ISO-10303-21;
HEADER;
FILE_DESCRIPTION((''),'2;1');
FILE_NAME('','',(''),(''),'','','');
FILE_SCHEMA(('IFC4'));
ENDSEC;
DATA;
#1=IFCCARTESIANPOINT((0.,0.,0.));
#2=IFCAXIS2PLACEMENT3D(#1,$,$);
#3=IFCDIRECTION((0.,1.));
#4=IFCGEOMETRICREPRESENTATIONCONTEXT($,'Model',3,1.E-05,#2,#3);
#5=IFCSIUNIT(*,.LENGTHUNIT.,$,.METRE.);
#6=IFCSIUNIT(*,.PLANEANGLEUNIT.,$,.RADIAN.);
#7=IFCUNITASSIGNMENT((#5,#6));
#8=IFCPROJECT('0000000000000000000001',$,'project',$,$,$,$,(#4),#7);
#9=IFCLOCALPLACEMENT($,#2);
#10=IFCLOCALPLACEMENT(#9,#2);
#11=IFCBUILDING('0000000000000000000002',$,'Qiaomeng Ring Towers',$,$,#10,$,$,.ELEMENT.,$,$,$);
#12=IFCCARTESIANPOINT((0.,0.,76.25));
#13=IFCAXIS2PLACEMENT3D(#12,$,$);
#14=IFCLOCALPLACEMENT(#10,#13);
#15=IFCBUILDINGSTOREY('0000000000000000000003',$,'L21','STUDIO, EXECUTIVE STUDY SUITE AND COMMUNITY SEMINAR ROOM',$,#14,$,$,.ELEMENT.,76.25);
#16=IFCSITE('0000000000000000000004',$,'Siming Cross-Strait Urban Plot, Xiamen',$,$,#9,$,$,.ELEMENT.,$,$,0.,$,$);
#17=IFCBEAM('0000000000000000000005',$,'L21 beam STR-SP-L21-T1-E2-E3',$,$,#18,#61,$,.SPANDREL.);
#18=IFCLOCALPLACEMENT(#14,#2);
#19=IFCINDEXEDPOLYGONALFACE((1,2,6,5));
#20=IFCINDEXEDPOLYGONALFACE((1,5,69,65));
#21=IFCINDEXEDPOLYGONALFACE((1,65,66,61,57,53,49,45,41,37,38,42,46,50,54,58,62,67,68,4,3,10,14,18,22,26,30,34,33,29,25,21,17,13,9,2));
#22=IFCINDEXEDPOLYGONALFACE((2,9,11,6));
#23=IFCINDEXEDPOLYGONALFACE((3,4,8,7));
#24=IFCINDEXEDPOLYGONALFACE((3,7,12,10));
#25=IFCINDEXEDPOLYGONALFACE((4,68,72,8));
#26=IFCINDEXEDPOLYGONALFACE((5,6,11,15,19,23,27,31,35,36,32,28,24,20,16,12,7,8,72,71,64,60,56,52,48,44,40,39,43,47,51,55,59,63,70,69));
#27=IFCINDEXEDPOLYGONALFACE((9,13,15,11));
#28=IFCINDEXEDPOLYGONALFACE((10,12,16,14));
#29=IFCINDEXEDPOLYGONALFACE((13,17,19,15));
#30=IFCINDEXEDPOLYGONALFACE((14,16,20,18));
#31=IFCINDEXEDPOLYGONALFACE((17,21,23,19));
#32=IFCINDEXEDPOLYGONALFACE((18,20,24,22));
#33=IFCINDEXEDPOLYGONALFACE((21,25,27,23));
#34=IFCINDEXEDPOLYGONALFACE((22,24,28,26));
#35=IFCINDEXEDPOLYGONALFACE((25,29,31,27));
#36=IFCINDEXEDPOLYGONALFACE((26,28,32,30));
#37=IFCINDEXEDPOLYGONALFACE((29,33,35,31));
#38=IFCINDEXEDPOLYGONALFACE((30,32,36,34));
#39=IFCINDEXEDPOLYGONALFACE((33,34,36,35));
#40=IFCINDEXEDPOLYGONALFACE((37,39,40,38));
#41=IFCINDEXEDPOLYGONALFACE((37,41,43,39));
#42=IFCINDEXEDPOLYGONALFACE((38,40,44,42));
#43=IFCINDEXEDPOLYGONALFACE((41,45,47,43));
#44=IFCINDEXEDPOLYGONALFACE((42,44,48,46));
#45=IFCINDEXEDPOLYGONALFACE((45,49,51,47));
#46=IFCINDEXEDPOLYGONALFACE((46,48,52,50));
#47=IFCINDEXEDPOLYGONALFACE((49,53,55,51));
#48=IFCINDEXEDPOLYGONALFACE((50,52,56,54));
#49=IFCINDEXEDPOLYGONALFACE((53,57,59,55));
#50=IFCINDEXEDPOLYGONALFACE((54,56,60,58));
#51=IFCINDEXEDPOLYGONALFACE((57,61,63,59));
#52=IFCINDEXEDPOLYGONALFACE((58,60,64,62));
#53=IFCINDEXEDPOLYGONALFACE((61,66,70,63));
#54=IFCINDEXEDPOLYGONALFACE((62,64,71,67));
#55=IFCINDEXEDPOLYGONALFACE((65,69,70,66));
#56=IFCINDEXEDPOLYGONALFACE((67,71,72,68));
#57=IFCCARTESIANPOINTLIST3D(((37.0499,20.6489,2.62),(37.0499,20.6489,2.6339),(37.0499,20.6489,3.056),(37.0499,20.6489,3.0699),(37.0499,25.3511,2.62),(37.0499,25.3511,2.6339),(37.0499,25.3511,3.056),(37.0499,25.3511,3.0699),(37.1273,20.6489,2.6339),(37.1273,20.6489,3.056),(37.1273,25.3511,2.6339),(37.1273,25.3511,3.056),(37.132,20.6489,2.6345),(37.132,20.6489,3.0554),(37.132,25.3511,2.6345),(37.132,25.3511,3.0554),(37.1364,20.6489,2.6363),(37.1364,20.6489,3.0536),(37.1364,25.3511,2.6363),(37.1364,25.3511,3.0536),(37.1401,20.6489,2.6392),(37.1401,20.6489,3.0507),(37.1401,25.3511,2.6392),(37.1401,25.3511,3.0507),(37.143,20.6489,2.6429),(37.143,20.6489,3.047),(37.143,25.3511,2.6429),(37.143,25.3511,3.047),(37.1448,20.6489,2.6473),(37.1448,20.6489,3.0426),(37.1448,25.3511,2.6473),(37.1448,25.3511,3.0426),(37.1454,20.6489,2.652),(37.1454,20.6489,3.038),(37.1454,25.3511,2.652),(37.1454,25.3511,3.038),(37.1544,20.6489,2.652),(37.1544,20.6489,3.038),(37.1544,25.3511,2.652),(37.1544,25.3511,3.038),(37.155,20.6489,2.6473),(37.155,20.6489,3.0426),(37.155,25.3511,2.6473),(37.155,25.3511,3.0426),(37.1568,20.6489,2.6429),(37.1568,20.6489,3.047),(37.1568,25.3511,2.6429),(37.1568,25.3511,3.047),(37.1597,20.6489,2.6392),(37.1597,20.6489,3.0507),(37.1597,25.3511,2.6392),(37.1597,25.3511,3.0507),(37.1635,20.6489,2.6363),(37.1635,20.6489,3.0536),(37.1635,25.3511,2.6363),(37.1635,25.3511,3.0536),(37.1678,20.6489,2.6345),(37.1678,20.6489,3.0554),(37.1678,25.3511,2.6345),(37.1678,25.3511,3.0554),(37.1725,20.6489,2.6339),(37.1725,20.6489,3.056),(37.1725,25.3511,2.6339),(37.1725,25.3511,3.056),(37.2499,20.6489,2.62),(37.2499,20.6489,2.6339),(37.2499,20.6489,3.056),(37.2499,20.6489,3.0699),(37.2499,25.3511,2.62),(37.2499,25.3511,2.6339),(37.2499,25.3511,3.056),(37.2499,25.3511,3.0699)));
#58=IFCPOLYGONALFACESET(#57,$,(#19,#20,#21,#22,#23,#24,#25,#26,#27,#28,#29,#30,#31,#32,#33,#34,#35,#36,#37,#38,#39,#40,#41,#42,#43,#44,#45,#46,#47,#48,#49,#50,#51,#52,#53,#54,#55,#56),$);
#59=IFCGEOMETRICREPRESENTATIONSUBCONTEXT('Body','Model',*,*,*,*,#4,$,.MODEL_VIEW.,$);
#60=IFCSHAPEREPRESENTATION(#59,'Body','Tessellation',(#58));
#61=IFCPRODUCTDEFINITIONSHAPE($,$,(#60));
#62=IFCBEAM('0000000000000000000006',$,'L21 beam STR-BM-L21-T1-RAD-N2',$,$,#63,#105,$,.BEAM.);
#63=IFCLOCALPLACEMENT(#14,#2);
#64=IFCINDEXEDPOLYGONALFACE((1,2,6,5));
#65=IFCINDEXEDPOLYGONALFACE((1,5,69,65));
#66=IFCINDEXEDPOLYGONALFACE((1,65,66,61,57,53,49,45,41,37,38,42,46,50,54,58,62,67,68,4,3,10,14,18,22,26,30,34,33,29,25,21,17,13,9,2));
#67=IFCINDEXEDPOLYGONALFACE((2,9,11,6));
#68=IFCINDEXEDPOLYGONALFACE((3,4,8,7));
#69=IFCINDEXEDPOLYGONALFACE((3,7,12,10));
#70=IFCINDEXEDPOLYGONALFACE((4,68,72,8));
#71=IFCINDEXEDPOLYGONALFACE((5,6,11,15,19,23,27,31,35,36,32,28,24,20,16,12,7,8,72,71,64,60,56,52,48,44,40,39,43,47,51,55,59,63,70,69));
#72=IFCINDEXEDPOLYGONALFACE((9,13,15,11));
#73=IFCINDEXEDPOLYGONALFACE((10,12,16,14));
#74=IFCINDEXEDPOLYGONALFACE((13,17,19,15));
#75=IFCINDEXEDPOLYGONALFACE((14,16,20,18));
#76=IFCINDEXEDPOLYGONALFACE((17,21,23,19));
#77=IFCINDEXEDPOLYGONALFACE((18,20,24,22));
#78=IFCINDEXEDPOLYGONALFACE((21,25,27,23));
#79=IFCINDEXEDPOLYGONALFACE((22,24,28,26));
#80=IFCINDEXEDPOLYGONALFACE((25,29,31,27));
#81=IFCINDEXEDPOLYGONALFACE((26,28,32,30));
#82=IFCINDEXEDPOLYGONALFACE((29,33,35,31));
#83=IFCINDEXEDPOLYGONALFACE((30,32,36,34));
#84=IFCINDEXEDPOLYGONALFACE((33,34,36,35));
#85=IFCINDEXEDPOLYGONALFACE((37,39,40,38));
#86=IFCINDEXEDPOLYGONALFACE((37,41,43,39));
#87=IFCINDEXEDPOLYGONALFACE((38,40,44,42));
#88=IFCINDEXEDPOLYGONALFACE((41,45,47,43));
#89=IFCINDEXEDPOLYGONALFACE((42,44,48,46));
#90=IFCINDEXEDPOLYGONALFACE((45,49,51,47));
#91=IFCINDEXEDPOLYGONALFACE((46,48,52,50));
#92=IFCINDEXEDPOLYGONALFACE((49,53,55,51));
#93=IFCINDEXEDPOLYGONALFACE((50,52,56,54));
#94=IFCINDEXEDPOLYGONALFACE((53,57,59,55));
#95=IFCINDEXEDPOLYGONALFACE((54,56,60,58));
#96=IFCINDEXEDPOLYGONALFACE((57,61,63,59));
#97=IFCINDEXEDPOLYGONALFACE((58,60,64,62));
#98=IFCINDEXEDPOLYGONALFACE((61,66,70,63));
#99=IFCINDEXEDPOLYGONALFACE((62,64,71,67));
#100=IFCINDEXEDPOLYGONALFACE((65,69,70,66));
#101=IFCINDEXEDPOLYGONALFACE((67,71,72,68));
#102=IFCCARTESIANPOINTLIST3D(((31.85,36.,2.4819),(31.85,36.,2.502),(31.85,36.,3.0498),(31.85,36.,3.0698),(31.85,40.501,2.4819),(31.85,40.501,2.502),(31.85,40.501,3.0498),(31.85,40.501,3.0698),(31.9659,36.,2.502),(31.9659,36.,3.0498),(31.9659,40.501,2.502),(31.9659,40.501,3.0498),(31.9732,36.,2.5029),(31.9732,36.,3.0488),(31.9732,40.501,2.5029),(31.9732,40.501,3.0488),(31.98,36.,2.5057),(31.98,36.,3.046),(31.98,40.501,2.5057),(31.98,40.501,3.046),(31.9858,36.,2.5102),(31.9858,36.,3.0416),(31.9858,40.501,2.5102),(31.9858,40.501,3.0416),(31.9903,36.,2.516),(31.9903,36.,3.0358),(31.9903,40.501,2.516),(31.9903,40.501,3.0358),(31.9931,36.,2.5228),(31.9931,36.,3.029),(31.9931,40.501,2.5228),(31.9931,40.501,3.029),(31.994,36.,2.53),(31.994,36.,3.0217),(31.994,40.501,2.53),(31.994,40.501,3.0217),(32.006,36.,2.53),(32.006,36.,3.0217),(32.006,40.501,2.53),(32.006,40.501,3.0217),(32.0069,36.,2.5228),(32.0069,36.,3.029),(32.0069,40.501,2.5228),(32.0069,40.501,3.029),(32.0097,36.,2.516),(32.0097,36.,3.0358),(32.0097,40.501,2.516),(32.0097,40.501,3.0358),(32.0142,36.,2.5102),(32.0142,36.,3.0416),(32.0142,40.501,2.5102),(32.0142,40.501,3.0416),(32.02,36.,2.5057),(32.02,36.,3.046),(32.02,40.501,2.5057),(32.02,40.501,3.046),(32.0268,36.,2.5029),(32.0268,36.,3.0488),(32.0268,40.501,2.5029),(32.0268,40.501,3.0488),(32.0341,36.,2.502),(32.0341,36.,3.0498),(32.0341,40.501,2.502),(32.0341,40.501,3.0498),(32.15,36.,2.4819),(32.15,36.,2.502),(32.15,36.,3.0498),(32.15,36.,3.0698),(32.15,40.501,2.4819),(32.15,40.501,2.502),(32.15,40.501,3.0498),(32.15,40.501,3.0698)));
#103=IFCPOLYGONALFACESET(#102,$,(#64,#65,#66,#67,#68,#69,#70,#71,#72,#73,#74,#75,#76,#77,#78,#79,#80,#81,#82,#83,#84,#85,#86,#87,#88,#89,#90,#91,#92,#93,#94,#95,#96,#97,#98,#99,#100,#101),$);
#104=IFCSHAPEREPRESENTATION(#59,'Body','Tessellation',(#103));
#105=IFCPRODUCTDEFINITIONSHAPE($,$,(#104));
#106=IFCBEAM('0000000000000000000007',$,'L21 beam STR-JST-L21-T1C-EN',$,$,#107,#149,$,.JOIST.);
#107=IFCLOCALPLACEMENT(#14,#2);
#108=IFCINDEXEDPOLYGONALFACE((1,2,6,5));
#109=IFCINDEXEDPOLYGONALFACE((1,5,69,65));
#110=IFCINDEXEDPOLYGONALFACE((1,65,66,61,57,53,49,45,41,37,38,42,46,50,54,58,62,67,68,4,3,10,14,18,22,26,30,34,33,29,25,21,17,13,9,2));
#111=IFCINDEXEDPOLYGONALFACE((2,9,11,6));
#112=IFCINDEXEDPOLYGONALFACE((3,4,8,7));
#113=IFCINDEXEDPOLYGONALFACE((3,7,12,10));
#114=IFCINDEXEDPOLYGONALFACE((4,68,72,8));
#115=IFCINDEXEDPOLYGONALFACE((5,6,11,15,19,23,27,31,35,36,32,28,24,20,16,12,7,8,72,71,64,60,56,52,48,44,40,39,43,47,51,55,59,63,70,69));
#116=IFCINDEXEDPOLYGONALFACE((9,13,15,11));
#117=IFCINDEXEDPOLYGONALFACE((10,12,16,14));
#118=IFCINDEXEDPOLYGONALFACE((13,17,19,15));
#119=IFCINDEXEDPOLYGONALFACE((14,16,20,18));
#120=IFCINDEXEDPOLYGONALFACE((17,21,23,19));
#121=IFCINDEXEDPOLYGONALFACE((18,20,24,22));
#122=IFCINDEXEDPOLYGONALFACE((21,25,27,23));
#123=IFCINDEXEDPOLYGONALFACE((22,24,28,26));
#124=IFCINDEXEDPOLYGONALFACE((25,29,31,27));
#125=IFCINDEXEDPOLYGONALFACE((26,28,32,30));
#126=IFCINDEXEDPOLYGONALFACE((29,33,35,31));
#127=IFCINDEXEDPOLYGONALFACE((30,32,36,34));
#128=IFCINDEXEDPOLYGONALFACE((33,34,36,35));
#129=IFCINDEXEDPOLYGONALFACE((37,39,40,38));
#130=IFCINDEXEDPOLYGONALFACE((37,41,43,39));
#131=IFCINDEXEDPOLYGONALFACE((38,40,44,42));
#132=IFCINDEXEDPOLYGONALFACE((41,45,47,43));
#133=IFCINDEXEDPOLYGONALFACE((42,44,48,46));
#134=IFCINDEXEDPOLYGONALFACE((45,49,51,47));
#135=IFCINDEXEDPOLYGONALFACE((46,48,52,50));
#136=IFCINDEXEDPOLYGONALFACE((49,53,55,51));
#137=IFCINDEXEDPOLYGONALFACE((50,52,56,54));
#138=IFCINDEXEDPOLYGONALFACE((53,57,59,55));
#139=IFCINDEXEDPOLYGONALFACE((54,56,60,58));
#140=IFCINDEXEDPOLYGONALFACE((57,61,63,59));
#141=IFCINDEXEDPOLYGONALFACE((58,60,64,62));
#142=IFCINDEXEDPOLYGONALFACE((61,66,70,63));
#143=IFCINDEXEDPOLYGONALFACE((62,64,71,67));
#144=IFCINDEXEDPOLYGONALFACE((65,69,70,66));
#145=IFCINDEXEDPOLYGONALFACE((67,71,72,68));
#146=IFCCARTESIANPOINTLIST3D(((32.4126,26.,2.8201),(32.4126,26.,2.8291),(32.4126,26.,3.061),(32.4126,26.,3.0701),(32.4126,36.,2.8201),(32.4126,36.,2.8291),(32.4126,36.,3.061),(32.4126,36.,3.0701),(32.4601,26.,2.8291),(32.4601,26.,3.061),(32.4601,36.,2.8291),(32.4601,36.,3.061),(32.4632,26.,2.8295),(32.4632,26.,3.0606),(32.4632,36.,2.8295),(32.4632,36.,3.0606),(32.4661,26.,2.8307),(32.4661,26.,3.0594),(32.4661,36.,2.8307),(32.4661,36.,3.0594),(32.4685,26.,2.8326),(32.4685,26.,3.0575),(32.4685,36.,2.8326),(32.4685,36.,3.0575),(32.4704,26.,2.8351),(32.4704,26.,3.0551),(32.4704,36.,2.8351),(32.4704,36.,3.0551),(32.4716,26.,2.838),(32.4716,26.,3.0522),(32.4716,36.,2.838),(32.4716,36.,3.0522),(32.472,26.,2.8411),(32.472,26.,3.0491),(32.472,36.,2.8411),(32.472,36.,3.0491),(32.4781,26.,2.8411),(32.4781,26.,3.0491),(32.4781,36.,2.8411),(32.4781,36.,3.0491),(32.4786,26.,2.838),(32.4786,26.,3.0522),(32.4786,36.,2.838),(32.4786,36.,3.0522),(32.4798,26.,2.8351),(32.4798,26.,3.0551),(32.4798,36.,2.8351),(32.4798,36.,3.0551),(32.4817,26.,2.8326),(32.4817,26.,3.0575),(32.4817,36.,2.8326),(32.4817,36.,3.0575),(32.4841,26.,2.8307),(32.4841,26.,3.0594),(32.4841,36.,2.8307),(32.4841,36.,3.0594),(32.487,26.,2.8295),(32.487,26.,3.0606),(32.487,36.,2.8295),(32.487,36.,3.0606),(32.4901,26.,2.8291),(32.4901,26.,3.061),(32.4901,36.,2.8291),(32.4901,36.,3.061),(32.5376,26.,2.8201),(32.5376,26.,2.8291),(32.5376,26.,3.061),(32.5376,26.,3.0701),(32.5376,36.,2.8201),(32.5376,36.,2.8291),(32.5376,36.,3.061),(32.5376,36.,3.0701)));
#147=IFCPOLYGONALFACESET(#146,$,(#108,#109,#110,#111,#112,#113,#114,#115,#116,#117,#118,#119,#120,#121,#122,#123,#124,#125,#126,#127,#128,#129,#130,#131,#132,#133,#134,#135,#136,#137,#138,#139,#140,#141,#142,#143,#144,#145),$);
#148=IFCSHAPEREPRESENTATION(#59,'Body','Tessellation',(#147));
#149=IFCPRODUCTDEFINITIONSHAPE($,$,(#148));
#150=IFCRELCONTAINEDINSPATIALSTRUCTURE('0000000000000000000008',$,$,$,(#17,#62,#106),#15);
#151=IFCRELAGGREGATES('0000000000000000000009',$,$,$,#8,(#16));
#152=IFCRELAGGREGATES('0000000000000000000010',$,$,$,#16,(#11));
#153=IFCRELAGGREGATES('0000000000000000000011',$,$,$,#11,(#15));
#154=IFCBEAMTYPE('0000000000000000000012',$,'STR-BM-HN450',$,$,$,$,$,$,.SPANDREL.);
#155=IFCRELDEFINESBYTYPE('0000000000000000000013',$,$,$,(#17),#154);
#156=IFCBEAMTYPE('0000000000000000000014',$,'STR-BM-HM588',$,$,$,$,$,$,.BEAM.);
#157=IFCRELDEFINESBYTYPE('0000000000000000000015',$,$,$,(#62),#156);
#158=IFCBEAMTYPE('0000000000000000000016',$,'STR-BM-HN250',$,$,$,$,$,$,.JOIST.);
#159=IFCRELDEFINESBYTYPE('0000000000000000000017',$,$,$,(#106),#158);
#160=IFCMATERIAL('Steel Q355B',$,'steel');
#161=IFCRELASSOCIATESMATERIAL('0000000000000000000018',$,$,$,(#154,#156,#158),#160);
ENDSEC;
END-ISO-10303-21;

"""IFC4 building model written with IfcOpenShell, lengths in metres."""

from ifc_helpers import new_model, si_unit, direction, frame, origin, origin_2d, place, context, subcontext, project, spatial, i_section, extrude, source, transform, mapped, material, material_profile, profile_set, type_object, element, save


model = new_model("IFC4")

# Units and contexts
model_context = context("Model", 3, precision=1e-05, world=origin(), true_north=direction((0.0, 1.0)))
body_context = subcontext(model_context, "Body", "Model", "MODEL_VIEW")
ifc_project = project(units=[si_unit("LENGTHUNIT", "METRE"), si_unit("PLANEANGLEUNIT", "RADIAN")], contexts=[model_context])

# Site, building, storey
site_placement = place(None, origin())
site = spatial("IfcSite", under=ifc_project, at=site_placement, Name="Siming Cross-Strait Urban Plot, Xiamen", CompositionType="ELEMENT", RefElevation=0.0)
building_placement = place(site_placement, origin())
building = spatial("IfcBuilding", under=site, at=building_placement, Name="Qiaomeng Ring Towers", CompositionType="ELEMENT")
storey_placement = place(building_placement, frame((0.0, 0.0, 76.25)))
storey = spatial("IfcBuildingStorey", under=building, at=storey_placement, Name="L21", Description="STUDIO, EXECUTIVE STUDY SUITE AND COMMUNITY SEMINAR ROOM", CompositionType="ELEMENT", Elevation=76.25)

# Beams
ifc_material_1 = material(Name="Steel Q355B", Category="steel")
ifc_material_profile_1 = material_profile(ifc_material_1, i_section(OverallWidth=0.2, OverallDepth=0.45, WebThickness=0.009, FlangeThickness=0.0139, FilletRadius=0.0181, at=origin_2d()), Name="HN 450x200x9x14")
ifc_profile_set_1 = profile_set([ifc_material_profile_1], Name="Steel Q355B")
beam_type_1 = type_object("IfcBeamType", Name="STR-BM-HN450", PredefinedType="SPANDREL", material=ifc_profile_set_1)
shared_shape_1 = source(origin(), body_context, "Body", "SweptSolid", [
    extrude(i_section(OverallWidth=0.2, OverallDepth=0.45, WebThickness=0.009, FlangeThickness=0.0139, FilletRadius=0.0181, at=origin_2d()), origin(), (0.0, 0.0, 1.0), 4.7021),
])
beam_1_placement = place(storey_placement, frame((37.1499, 20.6489, 2.845), z_axis=(0.0, 1.0, 0.0), x_axis=(-1.0, 0.0, 0.0)))
element("IfcBeam", 1, at=beam_1_placement, inside=storey, type_object=beam_type_1, Name="L21 beam STR-SP-L21-T1-E2-E3", PredefinedType="SPANDREL", context=body_context, shape_type="MappedRepresentation", body=[
    mapped(shared_shape_1, transform((0.0, 0.0, 0.0), x_axis=(1.0, 0.0, 0.0), y_axis=(0.0, 1.0, 0.0), z_axis=(0.0, 0.0, 1.0), scale=1.0)),
])
ifc_material_profile_2 = material_profile(ifc_material_1, i_section(OverallWidth=0.3, OverallDepth=0.5879, WebThickness=0.012, FlangeThickness=0.02, FilletRadius=0.0281, at=origin_2d()), Name="HM 588x300x12x20")
ifc_profile_set_2 = profile_set([ifc_material_profile_2], Name="Steel Q355B")
beam_type_2 = type_object("IfcBeamType", Name="STR-BM-HM588", PredefinedType="BEAM", material=ifc_profile_set_2)
shared_shape_2 = source(origin(), body_context, "Body", "SweptSolid", [
    extrude(i_section(OverallWidth=0.3, OverallDepth=0.5879, WebThickness=0.012, FlangeThickness=0.02, FilletRadius=0.0281, at=origin_2d()), origin(), (0.0, 0.0, 1.0), 4.501),
])
beam_2_placement = place(storey_placement, frame((32.0, 40.501, 2.7759), z_axis=(0.0, -1.0, 0.0), x_axis=(1.0, 0.0, 0.0)))
element("IfcBeam", 2, at=beam_2_placement, inside=storey, type_object=beam_type_2, Name="L21 beam STR-BM-L21-T1-RAD-N2", PredefinedType="BEAM", context=body_context, shape_type="MappedRepresentation", body=[
    mapped(shared_shape_2, transform((0.0, 0.0, 0.0), x_axis=(1.0, 0.0, 0.0), y_axis=(0.0, 1.0, 0.0), z_axis=(0.0, 0.0, 1.0), scale=1.0)),
])
ifc_material_profile_3 = material_profile(ifc_material_1, i_section(OverallWidth=0.125, OverallDepth=0.25, WebThickness=0.0061, FlangeThickness=0.009, FilletRadius=0.012, at=origin_2d()), Name="HN 250x125x6x9")
ifc_profile_set_3 = profile_set([ifc_material_profile_3], Name="Steel Q355B")
beam_type_3 = type_object("IfcBeamType", Name="STR-BM-HN250", PredefinedType="JOIST", material=ifc_profile_set_3)
shared_shape_3 = source(origin(), body_context, "Body", "SweptSolid", [
    extrude(i_section(OverallWidth=0.125, OverallDepth=0.25, WebThickness=0.0061, FlangeThickness=0.009, FilletRadius=0.012, at=origin_2d()), origin(), (0.0, 0.0, 1.0), 10.0),
])
beam_3_placement = place(storey_placement, frame((32.4751, 26.0, 2.9451), z_axis=(0.0, 1.0, 0.0), x_axis=(-1.0, 0.0, 0.0)))
element("IfcBeam", 3, at=beam_3_placement, inside=storey, type_object=beam_type_3, Name="L21 beam STR-JST-L21-T1C-EN", PredefinedType="JOIST", context=body_context, shape_type="MappedRepresentation", body=[
    mapped(shared_shape_3, transform((0.0, 0.0, 0.0), x_axis=(1.0, 0.0, 0.0), y_axis=(0.0, 1.0, 0.0), z_axis=(0.0, 0.0, 1.0), scale=1.0)),
])

save(model, "model.ifc")
